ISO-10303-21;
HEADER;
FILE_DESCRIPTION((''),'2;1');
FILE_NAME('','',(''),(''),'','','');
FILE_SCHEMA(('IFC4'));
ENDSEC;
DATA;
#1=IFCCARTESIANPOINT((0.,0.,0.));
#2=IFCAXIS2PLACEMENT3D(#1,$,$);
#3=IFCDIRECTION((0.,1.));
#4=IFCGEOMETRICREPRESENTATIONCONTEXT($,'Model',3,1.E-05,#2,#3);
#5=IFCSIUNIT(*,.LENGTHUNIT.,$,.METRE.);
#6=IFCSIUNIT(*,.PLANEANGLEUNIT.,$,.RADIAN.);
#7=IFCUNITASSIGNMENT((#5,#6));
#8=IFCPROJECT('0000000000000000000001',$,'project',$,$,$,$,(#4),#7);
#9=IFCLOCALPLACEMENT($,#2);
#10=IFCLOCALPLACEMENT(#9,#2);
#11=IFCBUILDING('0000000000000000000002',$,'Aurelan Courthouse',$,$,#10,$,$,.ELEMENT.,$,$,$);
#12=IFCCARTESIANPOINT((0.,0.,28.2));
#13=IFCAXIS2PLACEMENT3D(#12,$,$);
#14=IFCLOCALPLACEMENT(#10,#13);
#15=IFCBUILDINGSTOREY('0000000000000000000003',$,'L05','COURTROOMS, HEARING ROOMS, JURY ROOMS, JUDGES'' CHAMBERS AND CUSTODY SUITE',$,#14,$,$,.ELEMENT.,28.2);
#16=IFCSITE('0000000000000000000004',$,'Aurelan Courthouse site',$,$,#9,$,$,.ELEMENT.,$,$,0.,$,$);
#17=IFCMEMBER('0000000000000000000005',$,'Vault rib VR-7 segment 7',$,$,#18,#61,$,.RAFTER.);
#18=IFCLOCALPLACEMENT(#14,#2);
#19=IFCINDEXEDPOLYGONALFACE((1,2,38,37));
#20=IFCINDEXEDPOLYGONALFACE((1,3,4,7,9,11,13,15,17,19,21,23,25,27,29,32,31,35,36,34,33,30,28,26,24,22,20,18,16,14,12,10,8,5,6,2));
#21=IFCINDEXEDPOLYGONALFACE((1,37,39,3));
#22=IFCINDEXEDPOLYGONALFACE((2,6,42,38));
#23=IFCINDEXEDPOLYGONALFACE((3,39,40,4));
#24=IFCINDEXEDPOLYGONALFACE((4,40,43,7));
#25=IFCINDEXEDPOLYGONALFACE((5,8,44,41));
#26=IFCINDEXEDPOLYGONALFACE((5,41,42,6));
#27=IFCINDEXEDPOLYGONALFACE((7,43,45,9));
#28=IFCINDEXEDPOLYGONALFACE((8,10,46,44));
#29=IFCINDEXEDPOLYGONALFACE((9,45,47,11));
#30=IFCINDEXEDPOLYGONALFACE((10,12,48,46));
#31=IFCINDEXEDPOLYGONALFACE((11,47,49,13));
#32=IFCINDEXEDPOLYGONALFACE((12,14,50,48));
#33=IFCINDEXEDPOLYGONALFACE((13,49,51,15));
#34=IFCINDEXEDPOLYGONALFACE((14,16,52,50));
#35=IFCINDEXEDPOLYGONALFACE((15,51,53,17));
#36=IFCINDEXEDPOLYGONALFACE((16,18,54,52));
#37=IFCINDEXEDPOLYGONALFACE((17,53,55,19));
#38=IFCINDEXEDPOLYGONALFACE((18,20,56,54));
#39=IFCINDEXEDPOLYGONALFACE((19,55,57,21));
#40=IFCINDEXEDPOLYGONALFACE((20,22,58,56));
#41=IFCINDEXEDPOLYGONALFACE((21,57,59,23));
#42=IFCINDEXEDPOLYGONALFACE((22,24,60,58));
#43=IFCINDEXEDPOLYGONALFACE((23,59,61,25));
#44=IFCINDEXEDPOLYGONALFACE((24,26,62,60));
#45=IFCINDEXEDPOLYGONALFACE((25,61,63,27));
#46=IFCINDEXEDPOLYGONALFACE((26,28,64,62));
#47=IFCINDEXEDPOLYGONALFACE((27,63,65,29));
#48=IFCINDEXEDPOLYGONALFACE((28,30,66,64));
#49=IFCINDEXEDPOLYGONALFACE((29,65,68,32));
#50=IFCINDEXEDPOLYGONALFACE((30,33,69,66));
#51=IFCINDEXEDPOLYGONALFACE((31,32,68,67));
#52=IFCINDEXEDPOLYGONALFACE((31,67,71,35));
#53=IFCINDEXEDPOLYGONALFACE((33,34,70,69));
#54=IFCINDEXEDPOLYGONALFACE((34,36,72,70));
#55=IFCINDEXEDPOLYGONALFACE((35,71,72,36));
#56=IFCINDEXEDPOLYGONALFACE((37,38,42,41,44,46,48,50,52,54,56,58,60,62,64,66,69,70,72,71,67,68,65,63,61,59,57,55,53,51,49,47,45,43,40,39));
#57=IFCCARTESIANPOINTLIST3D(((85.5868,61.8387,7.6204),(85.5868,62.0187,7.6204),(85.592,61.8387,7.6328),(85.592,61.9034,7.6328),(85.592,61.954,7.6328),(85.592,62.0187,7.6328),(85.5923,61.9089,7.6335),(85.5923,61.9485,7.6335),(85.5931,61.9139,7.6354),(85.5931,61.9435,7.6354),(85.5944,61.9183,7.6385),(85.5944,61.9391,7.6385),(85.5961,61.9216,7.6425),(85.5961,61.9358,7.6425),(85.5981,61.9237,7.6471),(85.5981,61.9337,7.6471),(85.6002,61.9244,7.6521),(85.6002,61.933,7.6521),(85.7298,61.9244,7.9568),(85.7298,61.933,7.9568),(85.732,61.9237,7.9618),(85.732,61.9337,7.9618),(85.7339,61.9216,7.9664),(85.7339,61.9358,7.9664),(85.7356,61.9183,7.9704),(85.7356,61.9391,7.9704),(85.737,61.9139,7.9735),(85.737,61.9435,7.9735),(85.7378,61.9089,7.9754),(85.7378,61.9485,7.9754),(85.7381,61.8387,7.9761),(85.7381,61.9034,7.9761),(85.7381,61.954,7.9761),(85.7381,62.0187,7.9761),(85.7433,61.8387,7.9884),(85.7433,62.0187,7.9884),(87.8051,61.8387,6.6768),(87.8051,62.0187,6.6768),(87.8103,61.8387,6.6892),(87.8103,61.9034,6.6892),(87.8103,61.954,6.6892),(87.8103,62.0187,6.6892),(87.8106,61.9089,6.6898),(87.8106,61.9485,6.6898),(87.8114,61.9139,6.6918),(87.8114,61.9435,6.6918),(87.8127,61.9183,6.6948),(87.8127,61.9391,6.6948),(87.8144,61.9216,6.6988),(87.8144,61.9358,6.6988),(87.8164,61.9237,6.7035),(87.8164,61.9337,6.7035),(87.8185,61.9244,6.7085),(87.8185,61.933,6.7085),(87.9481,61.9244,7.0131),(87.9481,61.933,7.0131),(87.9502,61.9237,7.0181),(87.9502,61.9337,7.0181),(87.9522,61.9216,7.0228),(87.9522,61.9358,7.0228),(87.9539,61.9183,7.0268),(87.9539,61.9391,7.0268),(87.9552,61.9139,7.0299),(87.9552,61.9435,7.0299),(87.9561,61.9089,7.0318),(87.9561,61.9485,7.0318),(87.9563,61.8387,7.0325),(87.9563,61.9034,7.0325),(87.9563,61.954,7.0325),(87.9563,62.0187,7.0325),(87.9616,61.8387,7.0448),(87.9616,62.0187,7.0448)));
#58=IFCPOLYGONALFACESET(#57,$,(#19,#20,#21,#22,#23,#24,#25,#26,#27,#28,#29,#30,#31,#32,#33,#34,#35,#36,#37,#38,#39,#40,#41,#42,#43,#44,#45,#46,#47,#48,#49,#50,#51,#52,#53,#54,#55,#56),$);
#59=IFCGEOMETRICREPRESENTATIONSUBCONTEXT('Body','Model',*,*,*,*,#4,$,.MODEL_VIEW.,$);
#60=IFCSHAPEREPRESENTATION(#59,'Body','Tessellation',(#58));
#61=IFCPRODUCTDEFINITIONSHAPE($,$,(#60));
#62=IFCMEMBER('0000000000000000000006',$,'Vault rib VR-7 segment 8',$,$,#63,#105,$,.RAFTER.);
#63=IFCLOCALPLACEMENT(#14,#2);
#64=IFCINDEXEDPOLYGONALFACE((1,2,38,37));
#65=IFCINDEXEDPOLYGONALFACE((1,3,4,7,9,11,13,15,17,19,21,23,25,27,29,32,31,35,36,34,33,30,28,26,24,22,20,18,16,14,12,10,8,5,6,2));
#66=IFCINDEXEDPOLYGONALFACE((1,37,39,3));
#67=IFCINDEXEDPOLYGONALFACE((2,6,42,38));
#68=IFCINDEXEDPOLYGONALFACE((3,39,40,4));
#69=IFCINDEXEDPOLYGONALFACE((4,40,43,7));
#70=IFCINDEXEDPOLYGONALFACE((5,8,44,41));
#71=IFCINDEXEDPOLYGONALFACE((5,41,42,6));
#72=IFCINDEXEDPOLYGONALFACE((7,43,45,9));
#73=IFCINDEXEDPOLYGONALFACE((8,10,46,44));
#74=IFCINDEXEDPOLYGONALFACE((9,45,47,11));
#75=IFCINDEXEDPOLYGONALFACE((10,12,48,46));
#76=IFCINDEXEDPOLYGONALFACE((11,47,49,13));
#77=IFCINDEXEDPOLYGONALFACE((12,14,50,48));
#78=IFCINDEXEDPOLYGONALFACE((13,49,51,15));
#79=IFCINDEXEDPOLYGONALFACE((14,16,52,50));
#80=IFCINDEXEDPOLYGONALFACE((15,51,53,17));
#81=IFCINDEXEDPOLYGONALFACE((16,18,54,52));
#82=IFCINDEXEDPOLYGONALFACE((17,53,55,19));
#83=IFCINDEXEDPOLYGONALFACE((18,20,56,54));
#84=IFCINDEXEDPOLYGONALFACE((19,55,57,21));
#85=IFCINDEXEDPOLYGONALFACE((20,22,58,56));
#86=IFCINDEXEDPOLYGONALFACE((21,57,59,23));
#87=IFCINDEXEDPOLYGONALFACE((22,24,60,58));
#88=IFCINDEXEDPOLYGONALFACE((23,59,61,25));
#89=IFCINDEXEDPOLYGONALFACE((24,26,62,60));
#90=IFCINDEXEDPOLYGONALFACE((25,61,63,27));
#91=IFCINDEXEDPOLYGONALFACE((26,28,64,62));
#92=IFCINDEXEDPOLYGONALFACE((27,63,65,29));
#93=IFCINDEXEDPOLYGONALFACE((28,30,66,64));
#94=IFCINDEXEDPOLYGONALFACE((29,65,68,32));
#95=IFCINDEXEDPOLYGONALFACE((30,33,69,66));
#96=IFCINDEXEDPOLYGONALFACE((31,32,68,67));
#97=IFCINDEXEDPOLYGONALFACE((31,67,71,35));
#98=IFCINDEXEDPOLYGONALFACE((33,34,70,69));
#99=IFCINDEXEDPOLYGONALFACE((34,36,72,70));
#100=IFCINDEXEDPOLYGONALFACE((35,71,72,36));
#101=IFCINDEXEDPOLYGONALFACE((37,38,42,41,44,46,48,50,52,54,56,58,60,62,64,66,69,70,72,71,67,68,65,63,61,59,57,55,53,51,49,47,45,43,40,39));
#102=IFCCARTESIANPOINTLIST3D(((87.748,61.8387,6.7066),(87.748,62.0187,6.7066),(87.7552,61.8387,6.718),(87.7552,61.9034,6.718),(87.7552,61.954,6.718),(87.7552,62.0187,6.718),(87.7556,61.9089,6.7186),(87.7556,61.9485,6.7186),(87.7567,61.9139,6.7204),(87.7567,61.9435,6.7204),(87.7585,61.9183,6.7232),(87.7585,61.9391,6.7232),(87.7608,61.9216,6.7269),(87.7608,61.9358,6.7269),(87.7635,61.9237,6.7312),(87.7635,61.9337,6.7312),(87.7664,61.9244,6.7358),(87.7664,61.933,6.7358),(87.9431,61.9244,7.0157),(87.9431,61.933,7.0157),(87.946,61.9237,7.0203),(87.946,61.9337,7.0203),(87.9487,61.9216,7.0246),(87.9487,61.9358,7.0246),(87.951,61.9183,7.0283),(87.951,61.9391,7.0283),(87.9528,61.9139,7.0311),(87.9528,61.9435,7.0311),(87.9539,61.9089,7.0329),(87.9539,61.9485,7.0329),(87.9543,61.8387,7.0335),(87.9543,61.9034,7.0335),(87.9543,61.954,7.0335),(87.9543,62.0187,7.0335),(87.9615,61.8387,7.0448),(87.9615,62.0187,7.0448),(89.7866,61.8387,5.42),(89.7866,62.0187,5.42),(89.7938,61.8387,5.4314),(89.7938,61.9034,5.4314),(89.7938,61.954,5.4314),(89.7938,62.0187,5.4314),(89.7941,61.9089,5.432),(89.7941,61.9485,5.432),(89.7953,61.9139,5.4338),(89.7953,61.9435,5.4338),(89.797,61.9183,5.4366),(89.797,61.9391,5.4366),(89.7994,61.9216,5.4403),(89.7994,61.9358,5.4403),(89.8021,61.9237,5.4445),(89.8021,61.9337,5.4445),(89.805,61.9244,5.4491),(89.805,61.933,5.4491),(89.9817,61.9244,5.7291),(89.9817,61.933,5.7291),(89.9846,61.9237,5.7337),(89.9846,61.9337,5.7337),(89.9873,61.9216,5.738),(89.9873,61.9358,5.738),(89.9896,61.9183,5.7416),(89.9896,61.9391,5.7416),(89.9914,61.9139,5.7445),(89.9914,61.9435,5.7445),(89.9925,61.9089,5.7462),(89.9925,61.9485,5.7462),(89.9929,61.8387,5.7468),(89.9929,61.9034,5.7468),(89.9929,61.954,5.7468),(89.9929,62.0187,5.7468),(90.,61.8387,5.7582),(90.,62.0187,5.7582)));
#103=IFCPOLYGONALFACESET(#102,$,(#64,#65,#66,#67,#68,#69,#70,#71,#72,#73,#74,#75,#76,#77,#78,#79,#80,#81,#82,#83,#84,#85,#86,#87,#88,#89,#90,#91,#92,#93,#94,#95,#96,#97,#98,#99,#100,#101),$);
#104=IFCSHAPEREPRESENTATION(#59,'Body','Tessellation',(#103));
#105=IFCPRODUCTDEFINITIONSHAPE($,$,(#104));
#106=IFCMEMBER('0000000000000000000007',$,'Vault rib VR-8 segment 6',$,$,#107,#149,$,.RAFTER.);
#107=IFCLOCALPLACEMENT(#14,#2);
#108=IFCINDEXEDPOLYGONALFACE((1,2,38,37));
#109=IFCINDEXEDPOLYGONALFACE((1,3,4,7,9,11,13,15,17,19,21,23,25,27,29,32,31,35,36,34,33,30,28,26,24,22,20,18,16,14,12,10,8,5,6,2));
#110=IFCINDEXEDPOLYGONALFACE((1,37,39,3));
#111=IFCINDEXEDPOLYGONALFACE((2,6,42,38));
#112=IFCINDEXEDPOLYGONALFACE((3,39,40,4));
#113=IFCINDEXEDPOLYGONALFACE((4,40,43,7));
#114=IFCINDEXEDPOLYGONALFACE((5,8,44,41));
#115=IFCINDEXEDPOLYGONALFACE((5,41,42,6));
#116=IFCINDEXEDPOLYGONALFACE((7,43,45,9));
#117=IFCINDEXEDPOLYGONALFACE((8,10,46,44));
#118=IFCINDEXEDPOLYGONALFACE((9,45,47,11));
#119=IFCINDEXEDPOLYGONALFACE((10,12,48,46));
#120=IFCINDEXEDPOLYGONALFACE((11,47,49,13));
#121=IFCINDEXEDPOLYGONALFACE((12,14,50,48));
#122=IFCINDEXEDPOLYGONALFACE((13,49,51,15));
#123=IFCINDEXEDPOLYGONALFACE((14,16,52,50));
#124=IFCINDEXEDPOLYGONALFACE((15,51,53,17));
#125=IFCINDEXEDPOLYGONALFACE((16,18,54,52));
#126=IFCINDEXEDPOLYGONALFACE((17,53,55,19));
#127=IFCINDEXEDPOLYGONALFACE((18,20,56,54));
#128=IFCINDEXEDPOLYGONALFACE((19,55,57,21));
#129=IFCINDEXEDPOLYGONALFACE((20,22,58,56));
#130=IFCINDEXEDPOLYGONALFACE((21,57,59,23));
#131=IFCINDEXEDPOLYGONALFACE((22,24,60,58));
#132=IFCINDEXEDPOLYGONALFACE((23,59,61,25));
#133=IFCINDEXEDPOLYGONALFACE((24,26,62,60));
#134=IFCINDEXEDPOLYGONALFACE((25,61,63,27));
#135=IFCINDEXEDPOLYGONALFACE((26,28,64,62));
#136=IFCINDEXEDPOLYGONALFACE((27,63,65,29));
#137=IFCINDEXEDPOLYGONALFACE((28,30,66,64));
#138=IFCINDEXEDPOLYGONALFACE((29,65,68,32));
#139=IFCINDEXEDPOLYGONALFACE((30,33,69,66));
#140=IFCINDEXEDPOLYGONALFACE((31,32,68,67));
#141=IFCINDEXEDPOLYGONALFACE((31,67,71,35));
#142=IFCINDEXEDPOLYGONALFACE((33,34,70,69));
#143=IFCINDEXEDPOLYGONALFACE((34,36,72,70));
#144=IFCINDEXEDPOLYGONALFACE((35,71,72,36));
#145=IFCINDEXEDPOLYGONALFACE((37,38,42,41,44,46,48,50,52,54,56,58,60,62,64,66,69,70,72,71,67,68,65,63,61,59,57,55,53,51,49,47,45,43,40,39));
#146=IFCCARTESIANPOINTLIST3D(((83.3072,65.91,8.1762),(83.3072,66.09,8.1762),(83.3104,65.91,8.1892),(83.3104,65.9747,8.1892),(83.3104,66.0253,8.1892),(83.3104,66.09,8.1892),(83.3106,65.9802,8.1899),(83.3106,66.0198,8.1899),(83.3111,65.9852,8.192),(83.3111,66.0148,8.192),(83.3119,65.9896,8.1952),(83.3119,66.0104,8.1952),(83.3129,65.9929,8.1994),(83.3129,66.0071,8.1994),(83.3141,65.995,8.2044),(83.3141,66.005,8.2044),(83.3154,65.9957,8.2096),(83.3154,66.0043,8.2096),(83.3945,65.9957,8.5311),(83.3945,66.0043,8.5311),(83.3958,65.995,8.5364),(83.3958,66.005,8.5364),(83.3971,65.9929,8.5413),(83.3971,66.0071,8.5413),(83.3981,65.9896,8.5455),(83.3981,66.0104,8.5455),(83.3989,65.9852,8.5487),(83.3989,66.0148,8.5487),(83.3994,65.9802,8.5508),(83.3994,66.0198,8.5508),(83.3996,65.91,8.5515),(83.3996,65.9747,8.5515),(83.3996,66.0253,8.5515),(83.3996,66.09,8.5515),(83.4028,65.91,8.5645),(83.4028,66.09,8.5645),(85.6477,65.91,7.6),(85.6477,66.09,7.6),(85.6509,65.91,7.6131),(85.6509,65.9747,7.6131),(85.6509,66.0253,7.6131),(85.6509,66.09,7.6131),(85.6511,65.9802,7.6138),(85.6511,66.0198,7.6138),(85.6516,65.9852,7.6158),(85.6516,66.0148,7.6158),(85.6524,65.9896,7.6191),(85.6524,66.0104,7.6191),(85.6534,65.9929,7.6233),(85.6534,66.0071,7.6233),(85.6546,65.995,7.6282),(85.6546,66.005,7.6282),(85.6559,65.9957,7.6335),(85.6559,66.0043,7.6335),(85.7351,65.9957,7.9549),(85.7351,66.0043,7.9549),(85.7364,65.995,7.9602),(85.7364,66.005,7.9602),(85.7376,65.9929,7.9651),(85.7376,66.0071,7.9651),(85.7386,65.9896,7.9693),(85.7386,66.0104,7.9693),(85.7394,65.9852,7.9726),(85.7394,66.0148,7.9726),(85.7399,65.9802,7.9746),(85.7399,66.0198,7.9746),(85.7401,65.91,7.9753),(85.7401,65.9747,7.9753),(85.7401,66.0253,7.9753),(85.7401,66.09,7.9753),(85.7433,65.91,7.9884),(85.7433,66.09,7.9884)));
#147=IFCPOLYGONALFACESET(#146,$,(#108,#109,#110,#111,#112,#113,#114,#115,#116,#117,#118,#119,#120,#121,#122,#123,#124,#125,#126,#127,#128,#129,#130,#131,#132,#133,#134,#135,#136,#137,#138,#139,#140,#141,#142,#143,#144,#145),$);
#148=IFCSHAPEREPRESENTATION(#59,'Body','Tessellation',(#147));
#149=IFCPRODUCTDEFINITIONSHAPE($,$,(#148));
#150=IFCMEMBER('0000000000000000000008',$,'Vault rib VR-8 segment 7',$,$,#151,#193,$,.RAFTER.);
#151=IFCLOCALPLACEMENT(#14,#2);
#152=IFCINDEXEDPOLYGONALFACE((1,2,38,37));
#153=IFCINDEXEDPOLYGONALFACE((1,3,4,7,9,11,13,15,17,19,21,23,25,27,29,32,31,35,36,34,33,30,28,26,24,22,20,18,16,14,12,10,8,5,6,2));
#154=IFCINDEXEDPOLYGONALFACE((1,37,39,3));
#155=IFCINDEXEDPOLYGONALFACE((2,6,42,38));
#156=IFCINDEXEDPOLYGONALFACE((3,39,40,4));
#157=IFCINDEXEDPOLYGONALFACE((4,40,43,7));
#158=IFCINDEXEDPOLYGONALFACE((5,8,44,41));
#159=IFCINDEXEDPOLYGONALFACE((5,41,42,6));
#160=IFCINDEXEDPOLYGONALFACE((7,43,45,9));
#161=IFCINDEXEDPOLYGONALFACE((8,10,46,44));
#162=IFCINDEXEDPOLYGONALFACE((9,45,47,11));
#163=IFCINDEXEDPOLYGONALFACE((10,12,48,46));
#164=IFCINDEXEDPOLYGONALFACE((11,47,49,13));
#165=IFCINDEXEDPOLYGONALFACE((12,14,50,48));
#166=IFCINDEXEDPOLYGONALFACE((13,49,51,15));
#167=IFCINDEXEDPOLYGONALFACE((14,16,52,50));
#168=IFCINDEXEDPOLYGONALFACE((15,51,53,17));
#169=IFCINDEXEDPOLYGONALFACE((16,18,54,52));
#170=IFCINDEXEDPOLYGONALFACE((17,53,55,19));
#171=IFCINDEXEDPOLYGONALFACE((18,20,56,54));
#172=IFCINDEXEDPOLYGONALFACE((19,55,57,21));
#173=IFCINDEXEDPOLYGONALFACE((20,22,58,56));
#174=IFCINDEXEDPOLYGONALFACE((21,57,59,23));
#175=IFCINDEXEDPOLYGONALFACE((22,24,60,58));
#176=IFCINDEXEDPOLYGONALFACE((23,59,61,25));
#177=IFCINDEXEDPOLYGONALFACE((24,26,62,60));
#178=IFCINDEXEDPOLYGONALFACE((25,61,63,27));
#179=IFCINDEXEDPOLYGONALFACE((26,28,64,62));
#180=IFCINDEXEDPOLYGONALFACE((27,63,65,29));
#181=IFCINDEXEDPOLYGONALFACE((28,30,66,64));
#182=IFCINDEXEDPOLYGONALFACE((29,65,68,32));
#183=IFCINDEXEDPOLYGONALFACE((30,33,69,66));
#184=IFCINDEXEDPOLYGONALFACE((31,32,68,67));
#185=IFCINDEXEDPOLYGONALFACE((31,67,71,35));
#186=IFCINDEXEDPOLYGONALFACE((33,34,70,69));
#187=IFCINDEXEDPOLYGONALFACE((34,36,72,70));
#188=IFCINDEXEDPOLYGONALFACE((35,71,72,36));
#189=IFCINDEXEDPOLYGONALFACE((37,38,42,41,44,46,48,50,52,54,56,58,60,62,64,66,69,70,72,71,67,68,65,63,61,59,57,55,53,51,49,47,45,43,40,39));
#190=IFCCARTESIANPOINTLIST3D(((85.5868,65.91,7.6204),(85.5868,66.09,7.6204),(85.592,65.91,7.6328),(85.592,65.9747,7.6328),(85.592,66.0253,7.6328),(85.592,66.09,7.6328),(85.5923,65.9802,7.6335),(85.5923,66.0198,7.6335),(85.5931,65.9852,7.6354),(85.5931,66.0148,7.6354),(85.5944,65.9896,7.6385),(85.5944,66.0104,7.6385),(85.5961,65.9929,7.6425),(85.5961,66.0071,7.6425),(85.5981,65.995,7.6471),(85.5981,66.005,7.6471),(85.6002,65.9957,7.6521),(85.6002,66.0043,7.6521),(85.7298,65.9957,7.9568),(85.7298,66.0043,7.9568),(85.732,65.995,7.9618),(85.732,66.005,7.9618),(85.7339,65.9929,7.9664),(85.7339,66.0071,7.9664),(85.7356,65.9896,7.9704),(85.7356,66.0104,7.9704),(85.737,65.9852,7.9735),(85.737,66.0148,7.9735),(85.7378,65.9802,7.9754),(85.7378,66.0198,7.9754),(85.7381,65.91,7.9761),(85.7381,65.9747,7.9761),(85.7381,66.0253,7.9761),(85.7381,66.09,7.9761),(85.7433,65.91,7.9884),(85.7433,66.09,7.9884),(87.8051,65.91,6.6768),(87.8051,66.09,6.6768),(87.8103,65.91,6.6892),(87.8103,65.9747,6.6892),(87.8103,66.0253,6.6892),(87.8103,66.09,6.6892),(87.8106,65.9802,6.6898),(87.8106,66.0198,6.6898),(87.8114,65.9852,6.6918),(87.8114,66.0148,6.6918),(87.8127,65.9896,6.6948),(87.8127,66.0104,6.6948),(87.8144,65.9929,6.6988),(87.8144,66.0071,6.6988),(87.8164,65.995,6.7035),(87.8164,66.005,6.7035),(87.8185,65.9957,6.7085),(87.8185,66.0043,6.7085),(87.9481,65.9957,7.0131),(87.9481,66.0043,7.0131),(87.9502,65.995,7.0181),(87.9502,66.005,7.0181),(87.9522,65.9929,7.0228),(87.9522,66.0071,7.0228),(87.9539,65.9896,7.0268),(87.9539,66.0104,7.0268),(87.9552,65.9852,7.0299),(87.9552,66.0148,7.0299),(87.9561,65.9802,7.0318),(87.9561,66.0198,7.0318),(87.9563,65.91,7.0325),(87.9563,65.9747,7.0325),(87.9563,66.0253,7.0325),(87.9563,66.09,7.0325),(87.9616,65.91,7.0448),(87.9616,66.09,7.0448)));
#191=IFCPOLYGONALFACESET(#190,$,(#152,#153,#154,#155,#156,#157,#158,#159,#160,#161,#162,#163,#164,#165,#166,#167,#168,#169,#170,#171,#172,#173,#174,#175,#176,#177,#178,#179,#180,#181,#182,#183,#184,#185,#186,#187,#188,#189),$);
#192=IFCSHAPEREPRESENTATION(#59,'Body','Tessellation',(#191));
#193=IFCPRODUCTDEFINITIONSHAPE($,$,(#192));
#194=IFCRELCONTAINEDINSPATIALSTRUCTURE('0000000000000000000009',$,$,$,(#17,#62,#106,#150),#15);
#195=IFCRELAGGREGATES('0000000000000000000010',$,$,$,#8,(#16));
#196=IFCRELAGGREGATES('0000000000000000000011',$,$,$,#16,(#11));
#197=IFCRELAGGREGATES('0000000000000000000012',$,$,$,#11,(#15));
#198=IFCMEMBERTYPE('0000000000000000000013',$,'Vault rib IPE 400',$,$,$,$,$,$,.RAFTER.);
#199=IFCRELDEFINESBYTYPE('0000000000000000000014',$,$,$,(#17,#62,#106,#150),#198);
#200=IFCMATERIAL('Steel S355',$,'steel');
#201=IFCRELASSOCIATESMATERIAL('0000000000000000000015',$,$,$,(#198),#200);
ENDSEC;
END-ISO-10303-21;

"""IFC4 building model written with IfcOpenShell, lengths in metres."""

from ifc_helpers import new_model, si_unit, direction, frame, origin, origin_2d, place, context, subcontext, project, spatial, i_section, extrude, material, material_profile, profile_set, type_object, element, save


model = new_model("IFC4")

# Units and contexts
model_context = context("Model", 3, precision=1e-05, world=origin(), true_north=direction((0.0, 1.0)))
body_context = subcontext(model_context, "Body", "Model", "MODEL_VIEW")
ifc_project = project(units=[si_unit("LENGTHUNIT", "METRE"), si_unit("PLANEANGLEUNIT", "RADIAN")], contexts=[model_context])

# Site, building, storey
site_placement = place(None, origin())
site = spatial("IfcSite", under=ifc_project, at=site_placement, Name="Aurelan Courthouse site", CompositionType="ELEMENT", RefElevation=0.0)
building_placement = place(site_placement, origin())
building = spatial("IfcBuilding", under=site, at=building_placement, Name="Aurelan Courthouse", CompositionType="ELEMENT")
storey_placement = place(building_placement, frame((0.0, 0.0, 28.2)))
storey = spatial("IfcBuildingStorey", under=building, at=storey_placement, Name="L05", Description="COURTROOMS, HEARING ROOMS, JURY ROOMS, JUDGES' CHAMBERS AND CUSTODY SUITE", CompositionType="ELEMENT", Elevation=28.2)

# Shared definitions
ifc_material_1 = material(Name="Steel S355", Category="steel")

# Members
ifc_material_profile_1 = material_profile(ifc_material_1, i_section(OverallWidth=0.1799, OverallDepth=0.3999, WebThickness=0.0085, FlangeThickness=0.0134, FilletRadius=0.021, at=origin_2d()), Name="IPE 400")
ifc_profile_set_1 = profile_set([ifc_material_profile_1], Name="Steel S355")
member_type_1 = type_object("IfcMemberType", Name="Vault rib IPE 400", PredefinedType="RAFTER", material=ifc_profile_set_1)
for number, where, z_axis, x_axis, name in (
    (1, (85.665, 61.9287, 7.8044), (0.920205, 0.0, -0.391437), (0.0, 1.0, 0.0), "Vault rib VR-7 segment 7"),
    (2, (87.8547, 61.9287, 6.8757), (0.845657, 0.0, -0.533726), (0.0, 1.0, 0.0), "Vault rib VR-7 segment 8"),
):
    element("IfcMember", number, at=place(storey_placement, frame(where, z_axis=z_axis, x_axis=x_axis)), inside=storey, type_object=member_type_1, Name=name, PredefinedType="RAFTER", context=body_context, shape_type="SweptSolid", body=[
        extrude(i_section(OverallWidth=0.1799, OverallDepth=0.3999, WebThickness=0.0085, FlangeThickness=0.0134, FilletRadius=0.021, at=origin_2d()), origin(), (0.0, 0.0, 1.0), 2.4106),
    ])
member_1_placement = place(storey_placement, frame((83.355, 66.0, 8.3704), z_axis=(0.971012, 0.0, -0.239031), x_axis=(0.0, 1.0, 0.0)))
element("IfcMember", 3, at=member_1_placement, inside=storey, type_object=member_type_1, Name="Vault rib VR-8 segment 6", PredefinedType="RAFTER", context=body_context, shape_type="SweptSolid", body=[
    extrude(i_section(OverallWidth=0.1799, OverallDepth=0.3999, WebThickness=0.0085, FlangeThickness=0.0134, FilletRadius=0.021, at=origin_2d()), origin(), (0.0, 0.0, 1.0), 2.4104),
])
for number, where, z_axis, x_axis, name in (
    (4, (85.665, 66.0, 7.8044), (0.920205, 0.0, -0.391437), (0.0, 1.0, 0.0), "Vault rib VR-8 segment 7"),
):
    element("IfcMember", number, at=place(storey_placement, frame(where, z_axis=z_axis, x_axis=x_axis)), inside=storey, type_object=member_type_1, Name=name, PredefinedType="RAFTER", context=body_context, shape_type="SweptSolid", body=[
        extrude(i_section(OverallWidth=0.1799, OverallDepth=0.3999, WebThickness=0.0085, FlangeThickness=0.0134, FilletRadius=0.021, at=origin_2d()), origin(), (0.0, 0.0, 1.0), 2.4106),
    ])

save(model, "model.ifc")
